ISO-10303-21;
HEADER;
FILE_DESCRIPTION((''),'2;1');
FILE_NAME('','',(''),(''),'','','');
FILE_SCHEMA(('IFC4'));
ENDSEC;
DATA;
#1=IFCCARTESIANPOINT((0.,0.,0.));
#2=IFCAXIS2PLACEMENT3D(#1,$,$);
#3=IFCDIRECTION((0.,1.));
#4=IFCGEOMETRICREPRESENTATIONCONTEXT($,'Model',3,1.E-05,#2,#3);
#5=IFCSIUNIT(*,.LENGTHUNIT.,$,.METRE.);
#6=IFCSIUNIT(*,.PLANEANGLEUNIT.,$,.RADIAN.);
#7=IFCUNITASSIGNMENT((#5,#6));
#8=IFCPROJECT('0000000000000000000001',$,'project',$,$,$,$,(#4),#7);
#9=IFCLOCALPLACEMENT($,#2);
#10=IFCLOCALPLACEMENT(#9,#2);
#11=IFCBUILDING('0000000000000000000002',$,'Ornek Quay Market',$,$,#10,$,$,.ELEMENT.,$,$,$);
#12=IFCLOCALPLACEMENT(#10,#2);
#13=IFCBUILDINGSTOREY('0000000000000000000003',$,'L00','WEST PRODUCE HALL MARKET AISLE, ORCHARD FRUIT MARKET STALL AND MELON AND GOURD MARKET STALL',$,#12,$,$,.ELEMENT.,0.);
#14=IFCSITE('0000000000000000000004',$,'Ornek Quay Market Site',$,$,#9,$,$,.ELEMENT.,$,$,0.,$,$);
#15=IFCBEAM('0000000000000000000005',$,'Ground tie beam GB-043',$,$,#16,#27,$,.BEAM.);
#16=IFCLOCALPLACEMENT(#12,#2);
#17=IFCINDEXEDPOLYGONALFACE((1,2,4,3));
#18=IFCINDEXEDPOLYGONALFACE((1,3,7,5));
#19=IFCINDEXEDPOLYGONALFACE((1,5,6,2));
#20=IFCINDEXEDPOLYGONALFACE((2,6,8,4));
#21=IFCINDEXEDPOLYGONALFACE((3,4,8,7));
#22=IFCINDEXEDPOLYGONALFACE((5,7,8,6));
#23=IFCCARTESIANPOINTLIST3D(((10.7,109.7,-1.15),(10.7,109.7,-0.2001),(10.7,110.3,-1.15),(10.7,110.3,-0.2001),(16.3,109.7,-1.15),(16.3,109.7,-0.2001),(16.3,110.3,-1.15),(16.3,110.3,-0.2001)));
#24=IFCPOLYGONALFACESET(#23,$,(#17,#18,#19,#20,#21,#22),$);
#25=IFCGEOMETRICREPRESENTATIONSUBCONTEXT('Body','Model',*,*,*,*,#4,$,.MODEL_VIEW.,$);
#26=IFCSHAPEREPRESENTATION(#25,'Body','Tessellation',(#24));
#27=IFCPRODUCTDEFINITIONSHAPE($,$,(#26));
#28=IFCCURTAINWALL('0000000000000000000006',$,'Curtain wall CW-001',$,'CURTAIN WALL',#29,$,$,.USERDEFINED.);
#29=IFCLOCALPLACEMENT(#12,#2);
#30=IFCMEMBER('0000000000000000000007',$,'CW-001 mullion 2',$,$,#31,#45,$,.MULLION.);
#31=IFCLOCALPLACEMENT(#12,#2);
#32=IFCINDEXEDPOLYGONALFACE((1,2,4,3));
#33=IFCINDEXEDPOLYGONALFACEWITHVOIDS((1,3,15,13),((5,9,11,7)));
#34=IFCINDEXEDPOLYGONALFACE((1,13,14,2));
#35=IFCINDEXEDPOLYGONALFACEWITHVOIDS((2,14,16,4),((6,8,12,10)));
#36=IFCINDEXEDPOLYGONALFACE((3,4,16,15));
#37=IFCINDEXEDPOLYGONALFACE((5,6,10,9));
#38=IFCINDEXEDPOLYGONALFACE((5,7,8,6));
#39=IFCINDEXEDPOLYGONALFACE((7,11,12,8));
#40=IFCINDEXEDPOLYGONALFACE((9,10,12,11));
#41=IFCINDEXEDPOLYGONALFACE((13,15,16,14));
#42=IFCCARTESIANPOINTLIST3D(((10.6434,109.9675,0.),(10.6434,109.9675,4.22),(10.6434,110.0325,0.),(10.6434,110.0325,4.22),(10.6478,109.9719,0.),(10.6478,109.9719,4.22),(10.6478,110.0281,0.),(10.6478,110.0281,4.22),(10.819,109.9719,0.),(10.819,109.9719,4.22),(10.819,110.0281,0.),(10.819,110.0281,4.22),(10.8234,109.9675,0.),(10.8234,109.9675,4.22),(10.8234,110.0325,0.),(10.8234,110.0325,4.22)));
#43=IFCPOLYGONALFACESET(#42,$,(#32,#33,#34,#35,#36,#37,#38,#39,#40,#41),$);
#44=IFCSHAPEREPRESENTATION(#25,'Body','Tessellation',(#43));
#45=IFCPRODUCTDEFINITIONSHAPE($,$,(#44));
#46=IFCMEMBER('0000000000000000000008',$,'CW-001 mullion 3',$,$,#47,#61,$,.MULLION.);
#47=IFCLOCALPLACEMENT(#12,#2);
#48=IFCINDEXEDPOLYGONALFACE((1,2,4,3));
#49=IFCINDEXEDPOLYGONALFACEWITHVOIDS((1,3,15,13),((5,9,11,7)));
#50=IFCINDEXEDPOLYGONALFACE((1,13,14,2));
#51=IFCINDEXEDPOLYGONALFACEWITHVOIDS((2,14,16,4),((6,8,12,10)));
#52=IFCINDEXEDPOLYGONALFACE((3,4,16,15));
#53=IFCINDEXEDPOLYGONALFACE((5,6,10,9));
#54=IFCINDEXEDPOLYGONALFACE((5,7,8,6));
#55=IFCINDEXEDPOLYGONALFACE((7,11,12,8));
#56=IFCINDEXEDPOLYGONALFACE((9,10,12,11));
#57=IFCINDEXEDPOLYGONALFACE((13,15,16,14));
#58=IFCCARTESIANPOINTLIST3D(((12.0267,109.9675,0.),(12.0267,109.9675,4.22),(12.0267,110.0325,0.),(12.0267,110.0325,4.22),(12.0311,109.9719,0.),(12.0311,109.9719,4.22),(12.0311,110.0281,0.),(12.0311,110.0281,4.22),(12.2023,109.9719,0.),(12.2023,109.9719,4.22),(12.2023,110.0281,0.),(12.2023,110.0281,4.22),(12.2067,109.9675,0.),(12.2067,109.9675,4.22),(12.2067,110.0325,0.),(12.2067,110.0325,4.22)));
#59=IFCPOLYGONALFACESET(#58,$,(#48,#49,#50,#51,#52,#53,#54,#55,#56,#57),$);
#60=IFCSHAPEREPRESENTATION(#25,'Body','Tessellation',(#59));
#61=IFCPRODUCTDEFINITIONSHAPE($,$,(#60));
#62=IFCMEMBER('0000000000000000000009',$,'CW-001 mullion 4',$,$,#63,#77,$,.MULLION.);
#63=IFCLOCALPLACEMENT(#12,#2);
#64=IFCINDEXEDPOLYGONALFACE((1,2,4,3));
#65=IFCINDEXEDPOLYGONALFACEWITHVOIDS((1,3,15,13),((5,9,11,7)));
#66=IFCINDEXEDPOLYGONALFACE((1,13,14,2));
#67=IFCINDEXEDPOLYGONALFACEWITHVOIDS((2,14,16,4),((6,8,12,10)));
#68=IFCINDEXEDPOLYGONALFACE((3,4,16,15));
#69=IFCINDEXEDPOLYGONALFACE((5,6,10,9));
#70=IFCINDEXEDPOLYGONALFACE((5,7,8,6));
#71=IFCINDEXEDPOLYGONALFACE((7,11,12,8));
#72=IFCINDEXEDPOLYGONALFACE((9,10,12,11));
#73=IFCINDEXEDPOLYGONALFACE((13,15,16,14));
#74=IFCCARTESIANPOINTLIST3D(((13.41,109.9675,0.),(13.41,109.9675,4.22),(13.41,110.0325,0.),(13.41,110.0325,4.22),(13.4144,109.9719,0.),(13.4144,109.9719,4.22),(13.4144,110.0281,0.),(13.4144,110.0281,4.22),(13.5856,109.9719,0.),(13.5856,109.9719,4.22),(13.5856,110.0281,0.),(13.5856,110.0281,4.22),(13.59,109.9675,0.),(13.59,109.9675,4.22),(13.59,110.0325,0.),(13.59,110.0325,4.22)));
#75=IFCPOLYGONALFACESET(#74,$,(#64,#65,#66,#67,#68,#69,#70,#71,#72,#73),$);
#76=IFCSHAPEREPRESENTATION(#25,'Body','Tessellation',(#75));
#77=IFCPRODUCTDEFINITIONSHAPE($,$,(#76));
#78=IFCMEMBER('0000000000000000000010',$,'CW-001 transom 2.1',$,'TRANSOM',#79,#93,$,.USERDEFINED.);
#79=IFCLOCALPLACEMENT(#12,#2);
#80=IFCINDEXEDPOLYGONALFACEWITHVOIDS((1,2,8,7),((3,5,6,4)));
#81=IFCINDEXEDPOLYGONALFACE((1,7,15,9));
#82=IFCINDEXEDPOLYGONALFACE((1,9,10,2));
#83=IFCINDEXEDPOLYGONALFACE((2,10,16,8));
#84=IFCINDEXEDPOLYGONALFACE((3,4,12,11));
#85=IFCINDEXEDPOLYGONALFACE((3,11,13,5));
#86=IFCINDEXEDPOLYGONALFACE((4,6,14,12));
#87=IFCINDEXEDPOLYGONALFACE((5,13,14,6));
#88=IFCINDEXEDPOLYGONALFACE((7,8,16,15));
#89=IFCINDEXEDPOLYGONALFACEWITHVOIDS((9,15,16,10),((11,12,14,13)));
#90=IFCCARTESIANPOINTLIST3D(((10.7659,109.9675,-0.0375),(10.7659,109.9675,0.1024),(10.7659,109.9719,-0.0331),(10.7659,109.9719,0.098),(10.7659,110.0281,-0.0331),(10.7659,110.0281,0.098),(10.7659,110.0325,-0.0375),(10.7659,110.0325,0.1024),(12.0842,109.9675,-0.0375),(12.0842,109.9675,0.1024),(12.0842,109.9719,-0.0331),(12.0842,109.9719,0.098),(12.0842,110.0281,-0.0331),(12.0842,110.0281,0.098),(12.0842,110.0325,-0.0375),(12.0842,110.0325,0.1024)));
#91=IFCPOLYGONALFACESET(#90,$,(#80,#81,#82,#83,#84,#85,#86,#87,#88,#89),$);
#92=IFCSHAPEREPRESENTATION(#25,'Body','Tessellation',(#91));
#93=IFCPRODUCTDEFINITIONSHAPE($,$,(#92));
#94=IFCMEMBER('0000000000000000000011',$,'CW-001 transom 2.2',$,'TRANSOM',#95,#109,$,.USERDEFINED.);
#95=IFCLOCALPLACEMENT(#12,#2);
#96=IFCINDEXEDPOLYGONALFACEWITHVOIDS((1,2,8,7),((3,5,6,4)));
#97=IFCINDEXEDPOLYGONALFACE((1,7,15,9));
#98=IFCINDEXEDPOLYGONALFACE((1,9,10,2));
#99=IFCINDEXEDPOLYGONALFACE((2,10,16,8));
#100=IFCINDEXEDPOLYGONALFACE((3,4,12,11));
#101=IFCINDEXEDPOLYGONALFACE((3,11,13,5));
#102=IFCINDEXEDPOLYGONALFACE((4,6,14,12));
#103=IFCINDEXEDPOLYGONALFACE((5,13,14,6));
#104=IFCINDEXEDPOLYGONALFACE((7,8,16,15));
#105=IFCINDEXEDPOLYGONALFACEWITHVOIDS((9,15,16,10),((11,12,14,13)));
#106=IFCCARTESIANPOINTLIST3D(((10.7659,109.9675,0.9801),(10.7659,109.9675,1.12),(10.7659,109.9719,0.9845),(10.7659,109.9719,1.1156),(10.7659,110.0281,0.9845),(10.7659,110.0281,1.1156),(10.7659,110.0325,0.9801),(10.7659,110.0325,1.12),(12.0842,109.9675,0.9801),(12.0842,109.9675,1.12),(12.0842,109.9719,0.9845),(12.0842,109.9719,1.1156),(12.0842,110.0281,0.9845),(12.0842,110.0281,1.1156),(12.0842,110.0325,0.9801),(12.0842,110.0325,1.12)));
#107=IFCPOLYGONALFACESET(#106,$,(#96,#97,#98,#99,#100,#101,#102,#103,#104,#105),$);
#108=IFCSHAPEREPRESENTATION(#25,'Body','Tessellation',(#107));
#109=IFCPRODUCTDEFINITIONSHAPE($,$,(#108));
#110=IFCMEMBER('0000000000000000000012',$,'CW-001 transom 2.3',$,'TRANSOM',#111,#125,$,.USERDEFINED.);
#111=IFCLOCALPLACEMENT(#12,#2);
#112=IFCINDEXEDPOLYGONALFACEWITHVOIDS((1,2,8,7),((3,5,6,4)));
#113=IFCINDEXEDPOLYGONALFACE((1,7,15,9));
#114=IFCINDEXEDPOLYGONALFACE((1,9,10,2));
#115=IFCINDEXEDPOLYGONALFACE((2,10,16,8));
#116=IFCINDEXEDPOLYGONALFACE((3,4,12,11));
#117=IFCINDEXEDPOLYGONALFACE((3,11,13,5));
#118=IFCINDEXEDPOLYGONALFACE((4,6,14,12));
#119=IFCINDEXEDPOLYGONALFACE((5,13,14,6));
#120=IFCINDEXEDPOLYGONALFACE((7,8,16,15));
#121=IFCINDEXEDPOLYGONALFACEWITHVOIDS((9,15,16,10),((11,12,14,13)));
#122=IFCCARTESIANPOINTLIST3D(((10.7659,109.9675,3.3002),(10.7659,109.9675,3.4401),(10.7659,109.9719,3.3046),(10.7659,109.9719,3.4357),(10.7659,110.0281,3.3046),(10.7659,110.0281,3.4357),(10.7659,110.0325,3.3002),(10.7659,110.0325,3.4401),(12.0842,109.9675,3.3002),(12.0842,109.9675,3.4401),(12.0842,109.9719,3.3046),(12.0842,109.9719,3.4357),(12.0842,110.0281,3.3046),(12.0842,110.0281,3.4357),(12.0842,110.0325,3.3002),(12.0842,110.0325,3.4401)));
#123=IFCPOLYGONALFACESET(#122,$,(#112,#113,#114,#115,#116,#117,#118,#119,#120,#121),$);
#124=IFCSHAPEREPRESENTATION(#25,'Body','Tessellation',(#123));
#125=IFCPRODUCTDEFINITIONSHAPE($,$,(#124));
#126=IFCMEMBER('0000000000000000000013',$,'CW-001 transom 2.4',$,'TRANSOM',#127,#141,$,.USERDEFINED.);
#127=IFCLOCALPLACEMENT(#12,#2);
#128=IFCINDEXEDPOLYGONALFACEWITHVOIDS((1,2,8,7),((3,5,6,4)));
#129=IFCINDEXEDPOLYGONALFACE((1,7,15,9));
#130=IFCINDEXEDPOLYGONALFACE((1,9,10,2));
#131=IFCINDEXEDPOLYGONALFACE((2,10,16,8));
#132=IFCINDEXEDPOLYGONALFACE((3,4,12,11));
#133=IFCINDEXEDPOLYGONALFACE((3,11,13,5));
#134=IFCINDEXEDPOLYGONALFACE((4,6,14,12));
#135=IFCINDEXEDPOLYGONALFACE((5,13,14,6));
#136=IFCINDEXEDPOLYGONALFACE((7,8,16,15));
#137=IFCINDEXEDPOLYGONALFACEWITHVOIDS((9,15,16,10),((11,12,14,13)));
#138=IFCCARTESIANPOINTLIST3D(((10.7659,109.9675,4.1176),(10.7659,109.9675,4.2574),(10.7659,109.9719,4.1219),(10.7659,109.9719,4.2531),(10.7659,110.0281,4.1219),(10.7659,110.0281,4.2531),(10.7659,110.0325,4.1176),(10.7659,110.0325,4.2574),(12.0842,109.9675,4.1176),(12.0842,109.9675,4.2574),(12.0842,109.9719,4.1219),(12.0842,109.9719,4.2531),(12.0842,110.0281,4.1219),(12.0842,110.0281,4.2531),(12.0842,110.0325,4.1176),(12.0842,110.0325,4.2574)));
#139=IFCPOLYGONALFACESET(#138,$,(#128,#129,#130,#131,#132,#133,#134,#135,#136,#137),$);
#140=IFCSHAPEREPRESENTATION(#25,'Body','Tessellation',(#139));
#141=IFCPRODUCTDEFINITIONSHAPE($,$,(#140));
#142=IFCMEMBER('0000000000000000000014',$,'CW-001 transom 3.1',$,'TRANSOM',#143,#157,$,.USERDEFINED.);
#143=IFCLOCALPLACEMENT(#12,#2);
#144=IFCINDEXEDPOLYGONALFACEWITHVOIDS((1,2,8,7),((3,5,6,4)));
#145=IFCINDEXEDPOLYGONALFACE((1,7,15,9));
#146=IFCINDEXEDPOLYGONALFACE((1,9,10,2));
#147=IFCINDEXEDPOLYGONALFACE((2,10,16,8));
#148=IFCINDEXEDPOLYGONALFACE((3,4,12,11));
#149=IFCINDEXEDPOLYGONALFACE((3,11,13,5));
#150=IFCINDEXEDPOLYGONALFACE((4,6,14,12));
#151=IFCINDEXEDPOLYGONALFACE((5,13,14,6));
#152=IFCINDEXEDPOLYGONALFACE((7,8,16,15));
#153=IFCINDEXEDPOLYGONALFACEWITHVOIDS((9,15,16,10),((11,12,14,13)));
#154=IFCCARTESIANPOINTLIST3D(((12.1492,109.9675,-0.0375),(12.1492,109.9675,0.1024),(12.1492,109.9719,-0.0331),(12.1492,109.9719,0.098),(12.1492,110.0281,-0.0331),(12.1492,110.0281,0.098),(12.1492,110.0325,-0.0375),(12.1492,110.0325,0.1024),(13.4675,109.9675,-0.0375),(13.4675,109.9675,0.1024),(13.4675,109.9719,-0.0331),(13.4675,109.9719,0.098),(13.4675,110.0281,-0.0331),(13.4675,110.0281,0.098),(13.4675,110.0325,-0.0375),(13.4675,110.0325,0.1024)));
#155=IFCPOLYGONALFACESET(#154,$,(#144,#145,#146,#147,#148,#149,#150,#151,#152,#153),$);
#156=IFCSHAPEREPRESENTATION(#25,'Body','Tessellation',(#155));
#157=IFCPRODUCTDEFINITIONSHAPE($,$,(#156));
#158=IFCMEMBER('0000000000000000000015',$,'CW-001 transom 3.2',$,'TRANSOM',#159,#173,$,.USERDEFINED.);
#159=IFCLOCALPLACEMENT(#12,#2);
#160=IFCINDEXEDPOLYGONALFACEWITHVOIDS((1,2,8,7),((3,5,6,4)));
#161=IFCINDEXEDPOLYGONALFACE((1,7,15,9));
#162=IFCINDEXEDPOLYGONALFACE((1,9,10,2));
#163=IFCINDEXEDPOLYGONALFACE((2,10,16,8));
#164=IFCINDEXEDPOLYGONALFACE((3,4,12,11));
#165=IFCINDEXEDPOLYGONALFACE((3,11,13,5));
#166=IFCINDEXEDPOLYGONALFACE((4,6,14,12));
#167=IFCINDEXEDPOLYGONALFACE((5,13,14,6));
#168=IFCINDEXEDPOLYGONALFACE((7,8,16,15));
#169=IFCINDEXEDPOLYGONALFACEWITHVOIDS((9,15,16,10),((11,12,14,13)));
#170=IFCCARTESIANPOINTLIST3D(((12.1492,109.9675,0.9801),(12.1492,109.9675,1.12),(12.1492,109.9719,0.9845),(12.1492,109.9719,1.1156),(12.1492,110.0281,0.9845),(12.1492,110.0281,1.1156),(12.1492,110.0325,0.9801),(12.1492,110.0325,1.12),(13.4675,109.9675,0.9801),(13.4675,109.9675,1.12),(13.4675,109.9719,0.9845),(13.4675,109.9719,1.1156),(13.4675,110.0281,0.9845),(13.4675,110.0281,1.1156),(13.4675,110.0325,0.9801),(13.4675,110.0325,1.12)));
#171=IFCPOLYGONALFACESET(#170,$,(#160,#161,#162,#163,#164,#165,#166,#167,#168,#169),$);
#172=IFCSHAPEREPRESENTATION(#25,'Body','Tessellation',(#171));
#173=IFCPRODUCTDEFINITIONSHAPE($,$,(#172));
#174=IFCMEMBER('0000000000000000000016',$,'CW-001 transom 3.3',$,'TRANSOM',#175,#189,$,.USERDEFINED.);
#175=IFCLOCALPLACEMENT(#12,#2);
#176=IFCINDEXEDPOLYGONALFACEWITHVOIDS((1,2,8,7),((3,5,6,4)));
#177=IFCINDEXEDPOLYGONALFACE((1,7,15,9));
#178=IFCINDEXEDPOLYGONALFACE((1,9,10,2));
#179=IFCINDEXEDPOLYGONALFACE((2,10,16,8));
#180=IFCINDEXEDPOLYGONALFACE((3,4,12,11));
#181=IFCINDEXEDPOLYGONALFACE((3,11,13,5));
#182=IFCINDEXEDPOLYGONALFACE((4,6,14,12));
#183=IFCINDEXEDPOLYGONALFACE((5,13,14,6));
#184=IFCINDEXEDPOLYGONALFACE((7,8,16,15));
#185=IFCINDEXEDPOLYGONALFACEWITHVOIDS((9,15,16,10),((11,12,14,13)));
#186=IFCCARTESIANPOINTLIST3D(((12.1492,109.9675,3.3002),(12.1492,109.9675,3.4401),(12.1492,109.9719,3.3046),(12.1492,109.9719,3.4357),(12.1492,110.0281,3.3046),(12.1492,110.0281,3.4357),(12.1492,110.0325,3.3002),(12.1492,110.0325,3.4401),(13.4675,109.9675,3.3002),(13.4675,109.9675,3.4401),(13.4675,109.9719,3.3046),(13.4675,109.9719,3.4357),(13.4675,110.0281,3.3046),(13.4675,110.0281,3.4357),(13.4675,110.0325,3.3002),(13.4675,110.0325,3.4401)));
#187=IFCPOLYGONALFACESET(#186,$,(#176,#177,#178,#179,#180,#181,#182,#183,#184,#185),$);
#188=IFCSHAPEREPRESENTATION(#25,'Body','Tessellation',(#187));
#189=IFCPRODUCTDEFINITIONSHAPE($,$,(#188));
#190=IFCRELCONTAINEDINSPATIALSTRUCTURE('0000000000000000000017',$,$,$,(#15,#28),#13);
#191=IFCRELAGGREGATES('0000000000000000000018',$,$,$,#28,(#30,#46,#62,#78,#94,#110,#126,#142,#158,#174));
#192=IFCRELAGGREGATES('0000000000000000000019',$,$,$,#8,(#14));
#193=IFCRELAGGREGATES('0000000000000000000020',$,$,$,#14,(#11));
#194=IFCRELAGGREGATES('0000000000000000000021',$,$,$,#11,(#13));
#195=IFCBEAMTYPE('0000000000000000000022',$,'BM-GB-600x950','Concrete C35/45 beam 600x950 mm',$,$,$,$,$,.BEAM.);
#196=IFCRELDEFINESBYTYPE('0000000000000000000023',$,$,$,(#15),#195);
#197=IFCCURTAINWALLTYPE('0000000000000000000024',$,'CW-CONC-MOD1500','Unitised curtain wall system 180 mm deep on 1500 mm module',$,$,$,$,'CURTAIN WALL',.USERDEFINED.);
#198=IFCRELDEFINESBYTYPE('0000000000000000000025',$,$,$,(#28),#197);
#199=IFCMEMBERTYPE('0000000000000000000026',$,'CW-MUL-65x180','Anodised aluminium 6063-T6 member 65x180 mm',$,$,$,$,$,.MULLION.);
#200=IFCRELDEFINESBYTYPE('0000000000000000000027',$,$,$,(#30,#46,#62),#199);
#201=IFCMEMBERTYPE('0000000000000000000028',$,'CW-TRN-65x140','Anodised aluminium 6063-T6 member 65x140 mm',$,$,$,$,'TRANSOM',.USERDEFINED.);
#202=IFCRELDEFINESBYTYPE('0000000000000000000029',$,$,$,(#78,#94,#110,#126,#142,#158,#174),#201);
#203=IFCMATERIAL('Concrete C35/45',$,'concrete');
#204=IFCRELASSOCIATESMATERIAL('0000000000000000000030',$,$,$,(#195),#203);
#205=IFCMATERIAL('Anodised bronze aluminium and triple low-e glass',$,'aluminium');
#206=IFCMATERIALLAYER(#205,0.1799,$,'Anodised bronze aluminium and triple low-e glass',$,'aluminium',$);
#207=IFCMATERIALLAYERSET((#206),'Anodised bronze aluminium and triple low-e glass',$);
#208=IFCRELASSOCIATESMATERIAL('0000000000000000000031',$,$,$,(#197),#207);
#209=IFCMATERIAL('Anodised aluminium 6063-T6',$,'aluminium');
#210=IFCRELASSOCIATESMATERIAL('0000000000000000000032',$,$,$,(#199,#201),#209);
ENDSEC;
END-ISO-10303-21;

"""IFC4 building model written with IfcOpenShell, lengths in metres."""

from ifc_helpers import new_model, si_unit, direction, frame, origin, origin_2d, place, context, subcontext, project, spatial, rectangle, hollow_rectangle, extrude, material, layer, layer_set, material_profile, profile_set, type_object, element, aggregate, save


model = new_model("IFC4")

# Units and contexts
model_context = context("Model", 3, precision=1e-05, world=origin(), true_north=direction((0.0, 1.0)))
body_context = subcontext(model_context, "Body", "Model", "MODEL_VIEW")
ifc_project = project(units=[si_unit("LENGTHUNIT", "METRE"), si_unit("PLANEANGLEUNIT", "RADIAN")], contexts=[model_context])

# Site, building, storey
site_placement = place(None, origin())
site = spatial("IfcSite", under=ifc_project, at=site_placement, Name="Ornek Quay Market Site", CompositionType="ELEMENT", RefElevation=0.0)
building_placement = place(site_placement, origin())
building = spatial("IfcBuilding", under=site, at=building_placement, Name="Ornek Quay Market", CompositionType="ELEMENT")
storey_placement = place(building_placement, origin())
storey = spatial("IfcBuildingStorey", under=building, at=storey_placement, Name="L00", Description="WEST PRODUCE HALL MARKET AISLE, ORCHARD FRUIT MARKET STALL AND MELON AND GOURD MARKET STALL", CompositionType="ELEMENT", Elevation=0.0)

# Beam
ifc_material_1 = material(Name="Concrete C35/45", Category="concrete")
ifc_material_profile_1 = material_profile(ifc_material_1, rectangle(XDim=0.6001, YDim=0.95, at=origin_2d()), Name="RC 600x950", Category="concrete")
ifc_profile_set_1 = profile_set([ifc_material_profile_1], Name="Concrete C35/45")
beam_type = type_object("IfcBeamType", Name="BM-GB-600x950", Description="Concrete C35/45 beam 600x950 mm", PredefinedType="BEAM", material=ifc_profile_set_1)
beam_placement = place(storey_placement, frame((10.7, 110.0, -0.675), z_axis=(1.0, 0.0, 0.0), x_axis=(0.0, 1.0, 0.0)))
element("IfcBeam", 1, at=beam_placement, inside=storey, type_object=beam_type, Name="Ground tie beam GB-043", PredefinedType="BEAM", context=body_context, shape_type="SweptSolid", body=[
    extrude(rectangle(XDim=0.6001, YDim=0.95, at=origin_2d()), origin(), (0.0, 0.0, 1.0), 5.6001),
])

# Curtain wall, members
ifc_material_2 = material(Name="Anodised bronze aluminium and triple low-e glass", Category="aluminium")
ifc_layer_1 = layer(ifc_material_2, 0.1799, Name="Anodised bronze aluminium and triple low-e glass", Category="aluminium")
ifc_layer_set_1 = layer_set([ifc_layer_1], Name="Anodised bronze aluminium and triple low-e glass")
curtain_wall_type = type_object("IfcCurtainWallType", Name="CW-CONC-MOD1500", Description="Unitised curtain wall system 180 mm deep on 1500 mm module", ElementType="CURTAIN WALL", PredefinedType="USERDEFINED", material=ifc_layer_set_1)
curtain_wall_placement = place(storey_placement, origin())
curtain_wall = element("IfcCurtainWall", 2, at=curtain_wall_placement, inside=storey, type_object=curtain_wall_type, Name="Curtain wall CW-001", ObjectType="CURTAIN WALL", PredefinedType="USERDEFINED")
ifc_material_3 = material(Name="Anodised aluminium 6063-T6", Category="aluminium")
ifc_material_profile_2 = material_profile(ifc_material_3, hollow_rectangle(XDim=0.0649, YDim=0.1799, WallThickness=0.0044, at=origin_2d()), Name="CW-MUL-65x180", Category="aluminium")
ifc_profile_set_2 = profile_set([ifc_material_profile_2], Name="Anodised aluminium 6063-T6")
member_type_1 = type_object("IfcMemberType", Name="CW-MUL-65x180", Description="Anodised aluminium 6063-T6 member 65x180 mm", PredefinedType="MULLION", material=ifc_profile_set_2)
member_1_placement = place(storey_placement, frame((10.7334, 110.0, 0.0), z_axis=(0.0, 0.0, 1.0), x_axis=(0.0, 1.0, 0.0)))
member_1 = element("IfcMember", 3, at=member_1_placement, type_object=member_type_1, Name="CW-001 mullion 2", PredefinedType="MULLION", context=body_context, shape_type="SweptSolid", body=[
    extrude(hollow_rectangle(XDim=0.0649, YDim=0.1799, WallThickness=0.0044, at=origin_2d()), origin(), (0.0, 0.0, 1.0), 4.22),
])
member_2_placement = place(storey_placement, frame((12.1167, 110.0, 0.0), z_axis=(0.0, 0.0, 1.0), x_axis=(0.0, 1.0, 0.0)))
member_2 = element("IfcMember", 4, at=member_2_placement, type_object=member_type_1, Name="CW-001 mullion 3", PredefinedType="MULLION", context=body_context, shape_type="SweptSolid", body=[
    extrude(hollow_rectangle(XDim=0.0649, YDim=0.1799, WallThickness=0.0044, at=origin_2d()), origin(), (0.0, 0.0, 1.0), 4.22),
])
member_3_placement = place(storey_placement, frame((13.5, 110.0, 0.0), z_axis=(0.0, 0.0, 1.0), x_axis=(0.0, 1.0, 0.0)))
member_3 = element("IfcMember", 5, at=member_3_placement, type_object=member_type_1, Name="CW-001 mullion 4", PredefinedType="MULLION", context=body_context, shape_type="SweptSolid", body=[
    extrude(hollow_rectangle(XDim=0.0649, YDim=0.1799, WallThickness=0.0044, at=origin_2d()), origin(), (0.0, 0.0, 1.0), 4.22),
])
ifc_material_profile_3 = material_profile(ifc_material_3, hollow_rectangle(XDim=0.0649, YDim=0.1399, WallThickness=0.0044, at=origin_2d()), Name="CW-TRN-65x140", Category="aluminium")
ifc_profile_set_3 = profile_set([ifc_material_profile_3], Name="Anodised aluminium 6063-T6")
member_type_2 = type_object("IfcMemberType", Name="CW-TRN-65x140", Description="Anodised aluminium 6063-T6 member 65x140 mm", ElementType="TRANSOM", PredefinedType="USERDEFINED", material=ifc_profile_set_3)
member_4_placement = place(storey_placement, frame((10.7659, 110.0, 0.0325), z_axis=(1.0, 0.0, 0.0), x_axis=(0.0, 1.0, 0.0)))
member_4 = element("IfcMember", 6, at=member_4_placement, type_object=member_type_2, Name="CW-001 transom 2.1", ObjectType="TRANSOM", PredefinedType="USERDEFINED", context=body_context, shape_type="SweptSolid", body=[
    extrude(hollow_rectangle(XDim=0.0649, YDim=0.1399, WallThickness=0.0044, at=origin_2d()), origin(), (0.0, 0.0, 1.0), 1.3184),
])
member_5_placement = place(storey_placement, frame((10.7659, 110.0, 1.05), z_axis=(1.0, 0.0, 0.0), x_axis=(0.0, 1.0, 0.0)))
member_5 = element("IfcMember", 7, at=member_5_placement, type_object=member_type_2, Name="CW-001 transom 2.2", ObjectType="TRANSOM", PredefinedType="USERDEFINED", context=body_context, shape_type="SweptSolid", body=[
    extrude(hollow_rectangle(XDim=0.0649, YDim=0.1399, WallThickness=0.0044, at=origin_2d()), origin(), (0.0, 0.0, 1.0), 1.3184),
])
member_6_placement = place(storey_placement, frame((10.7659, 110.0, 3.3701), z_axis=(1.0, 0.0, 0.0), x_axis=(0.0, 1.0, 0.0)))
member_6 = element("IfcMember", 8, at=member_6_placement, type_object=member_type_2, Name="CW-001 transom 2.3", ObjectType="TRANSOM", PredefinedType="USERDEFINED", context=body_context, shape_type="SweptSolid", body=[
    extrude(hollow_rectangle(XDim=0.0649, YDim=0.1399, WallThickness=0.0044, at=origin_2d()), origin(), (0.0, 0.0, 1.0), 1.3184),
])
member_7_placement = place(storey_placement, frame((10.7659, 110.0, 4.1875), z_axis=(1.0, 0.0, 0.0), x_axis=(0.0, 1.0, 0.0)))
member_7 = element("IfcMember", 9, at=member_7_placement, type_object=member_type_2, Name="CW-001 transom 2.4", ObjectType="TRANSOM", PredefinedType="USERDEFINED", context=body_context, shape_type="SweptSolid", body=[
    extrude(hollow_rectangle(XDim=0.0649, YDim=0.1399, WallThickness=0.0044, at=origin_2d()), origin(), (0.0, 0.0, 1.0), 1.3184),
])
member_8_placement = place(storey_placement, frame((12.1492, 110.0, 0.0325), z_axis=(1.0, 0.0, 0.0), x_axis=(0.0, 1.0, 0.0)))
member_8 = element("IfcMember", 10, at=member_8_placement, type_object=member_type_2, Name="CW-001 transom 3.1", ObjectType="TRANSOM", PredefinedType="USERDEFINED", context=body_context, shape_type="SweptSolid", body=[
    extrude(hollow_rectangle(XDim=0.0649, YDim=0.1399, WallThickness=0.0044, at=origin_2d()), origin(), (0.0, 0.0, 1.0), 1.3184),
])
member_9_placement = place(storey_placement, frame((12.1492, 110.0, 1.05), z_axis=(1.0, 0.0, 0.0), x_axis=(0.0, 1.0, 0.0)))
member_9 = element("IfcMember", 11, at=member_9_placement, type_object=member_type_2, Name="CW-001 transom 3.2", ObjectType="TRANSOM", PredefinedType="USERDEFINED", context=body_context, shape_type="SweptSolid", body=[
    extrude(hollow_rectangle(XDim=0.0649, YDim=0.1399, WallThickness=0.0044, at=origin_2d()), origin(), (0.0, 0.0, 1.0), 1.3184),
])
member_10_placement = place(storey_placement, frame((12.1492, 110.0, 3.3701), z_axis=(1.0, 0.0, 0.0), x_axis=(0.0, 1.0, 0.0)))
member_10 = element("IfcMember", 12, at=member_10_placement, type_object=member_type_2, Name="CW-001 transom 3.3", ObjectType="TRANSOM", PredefinedType="USERDEFINED", context=body_context, shape_type="SweptSolid", body=[
    extrude(hollow_rectangle(XDim=0.0649, YDim=0.1399, WallThickness=0.0044, at=origin_2d()), origin(), (0.0, 0.0, 1.0), 1.3184),
])
aggregate(curtain_wall, [member_1, member_2, member_3, member_4, member_5, member_6, member_7, member_8, member_9, member_10])

save(model, "model.ifc")
